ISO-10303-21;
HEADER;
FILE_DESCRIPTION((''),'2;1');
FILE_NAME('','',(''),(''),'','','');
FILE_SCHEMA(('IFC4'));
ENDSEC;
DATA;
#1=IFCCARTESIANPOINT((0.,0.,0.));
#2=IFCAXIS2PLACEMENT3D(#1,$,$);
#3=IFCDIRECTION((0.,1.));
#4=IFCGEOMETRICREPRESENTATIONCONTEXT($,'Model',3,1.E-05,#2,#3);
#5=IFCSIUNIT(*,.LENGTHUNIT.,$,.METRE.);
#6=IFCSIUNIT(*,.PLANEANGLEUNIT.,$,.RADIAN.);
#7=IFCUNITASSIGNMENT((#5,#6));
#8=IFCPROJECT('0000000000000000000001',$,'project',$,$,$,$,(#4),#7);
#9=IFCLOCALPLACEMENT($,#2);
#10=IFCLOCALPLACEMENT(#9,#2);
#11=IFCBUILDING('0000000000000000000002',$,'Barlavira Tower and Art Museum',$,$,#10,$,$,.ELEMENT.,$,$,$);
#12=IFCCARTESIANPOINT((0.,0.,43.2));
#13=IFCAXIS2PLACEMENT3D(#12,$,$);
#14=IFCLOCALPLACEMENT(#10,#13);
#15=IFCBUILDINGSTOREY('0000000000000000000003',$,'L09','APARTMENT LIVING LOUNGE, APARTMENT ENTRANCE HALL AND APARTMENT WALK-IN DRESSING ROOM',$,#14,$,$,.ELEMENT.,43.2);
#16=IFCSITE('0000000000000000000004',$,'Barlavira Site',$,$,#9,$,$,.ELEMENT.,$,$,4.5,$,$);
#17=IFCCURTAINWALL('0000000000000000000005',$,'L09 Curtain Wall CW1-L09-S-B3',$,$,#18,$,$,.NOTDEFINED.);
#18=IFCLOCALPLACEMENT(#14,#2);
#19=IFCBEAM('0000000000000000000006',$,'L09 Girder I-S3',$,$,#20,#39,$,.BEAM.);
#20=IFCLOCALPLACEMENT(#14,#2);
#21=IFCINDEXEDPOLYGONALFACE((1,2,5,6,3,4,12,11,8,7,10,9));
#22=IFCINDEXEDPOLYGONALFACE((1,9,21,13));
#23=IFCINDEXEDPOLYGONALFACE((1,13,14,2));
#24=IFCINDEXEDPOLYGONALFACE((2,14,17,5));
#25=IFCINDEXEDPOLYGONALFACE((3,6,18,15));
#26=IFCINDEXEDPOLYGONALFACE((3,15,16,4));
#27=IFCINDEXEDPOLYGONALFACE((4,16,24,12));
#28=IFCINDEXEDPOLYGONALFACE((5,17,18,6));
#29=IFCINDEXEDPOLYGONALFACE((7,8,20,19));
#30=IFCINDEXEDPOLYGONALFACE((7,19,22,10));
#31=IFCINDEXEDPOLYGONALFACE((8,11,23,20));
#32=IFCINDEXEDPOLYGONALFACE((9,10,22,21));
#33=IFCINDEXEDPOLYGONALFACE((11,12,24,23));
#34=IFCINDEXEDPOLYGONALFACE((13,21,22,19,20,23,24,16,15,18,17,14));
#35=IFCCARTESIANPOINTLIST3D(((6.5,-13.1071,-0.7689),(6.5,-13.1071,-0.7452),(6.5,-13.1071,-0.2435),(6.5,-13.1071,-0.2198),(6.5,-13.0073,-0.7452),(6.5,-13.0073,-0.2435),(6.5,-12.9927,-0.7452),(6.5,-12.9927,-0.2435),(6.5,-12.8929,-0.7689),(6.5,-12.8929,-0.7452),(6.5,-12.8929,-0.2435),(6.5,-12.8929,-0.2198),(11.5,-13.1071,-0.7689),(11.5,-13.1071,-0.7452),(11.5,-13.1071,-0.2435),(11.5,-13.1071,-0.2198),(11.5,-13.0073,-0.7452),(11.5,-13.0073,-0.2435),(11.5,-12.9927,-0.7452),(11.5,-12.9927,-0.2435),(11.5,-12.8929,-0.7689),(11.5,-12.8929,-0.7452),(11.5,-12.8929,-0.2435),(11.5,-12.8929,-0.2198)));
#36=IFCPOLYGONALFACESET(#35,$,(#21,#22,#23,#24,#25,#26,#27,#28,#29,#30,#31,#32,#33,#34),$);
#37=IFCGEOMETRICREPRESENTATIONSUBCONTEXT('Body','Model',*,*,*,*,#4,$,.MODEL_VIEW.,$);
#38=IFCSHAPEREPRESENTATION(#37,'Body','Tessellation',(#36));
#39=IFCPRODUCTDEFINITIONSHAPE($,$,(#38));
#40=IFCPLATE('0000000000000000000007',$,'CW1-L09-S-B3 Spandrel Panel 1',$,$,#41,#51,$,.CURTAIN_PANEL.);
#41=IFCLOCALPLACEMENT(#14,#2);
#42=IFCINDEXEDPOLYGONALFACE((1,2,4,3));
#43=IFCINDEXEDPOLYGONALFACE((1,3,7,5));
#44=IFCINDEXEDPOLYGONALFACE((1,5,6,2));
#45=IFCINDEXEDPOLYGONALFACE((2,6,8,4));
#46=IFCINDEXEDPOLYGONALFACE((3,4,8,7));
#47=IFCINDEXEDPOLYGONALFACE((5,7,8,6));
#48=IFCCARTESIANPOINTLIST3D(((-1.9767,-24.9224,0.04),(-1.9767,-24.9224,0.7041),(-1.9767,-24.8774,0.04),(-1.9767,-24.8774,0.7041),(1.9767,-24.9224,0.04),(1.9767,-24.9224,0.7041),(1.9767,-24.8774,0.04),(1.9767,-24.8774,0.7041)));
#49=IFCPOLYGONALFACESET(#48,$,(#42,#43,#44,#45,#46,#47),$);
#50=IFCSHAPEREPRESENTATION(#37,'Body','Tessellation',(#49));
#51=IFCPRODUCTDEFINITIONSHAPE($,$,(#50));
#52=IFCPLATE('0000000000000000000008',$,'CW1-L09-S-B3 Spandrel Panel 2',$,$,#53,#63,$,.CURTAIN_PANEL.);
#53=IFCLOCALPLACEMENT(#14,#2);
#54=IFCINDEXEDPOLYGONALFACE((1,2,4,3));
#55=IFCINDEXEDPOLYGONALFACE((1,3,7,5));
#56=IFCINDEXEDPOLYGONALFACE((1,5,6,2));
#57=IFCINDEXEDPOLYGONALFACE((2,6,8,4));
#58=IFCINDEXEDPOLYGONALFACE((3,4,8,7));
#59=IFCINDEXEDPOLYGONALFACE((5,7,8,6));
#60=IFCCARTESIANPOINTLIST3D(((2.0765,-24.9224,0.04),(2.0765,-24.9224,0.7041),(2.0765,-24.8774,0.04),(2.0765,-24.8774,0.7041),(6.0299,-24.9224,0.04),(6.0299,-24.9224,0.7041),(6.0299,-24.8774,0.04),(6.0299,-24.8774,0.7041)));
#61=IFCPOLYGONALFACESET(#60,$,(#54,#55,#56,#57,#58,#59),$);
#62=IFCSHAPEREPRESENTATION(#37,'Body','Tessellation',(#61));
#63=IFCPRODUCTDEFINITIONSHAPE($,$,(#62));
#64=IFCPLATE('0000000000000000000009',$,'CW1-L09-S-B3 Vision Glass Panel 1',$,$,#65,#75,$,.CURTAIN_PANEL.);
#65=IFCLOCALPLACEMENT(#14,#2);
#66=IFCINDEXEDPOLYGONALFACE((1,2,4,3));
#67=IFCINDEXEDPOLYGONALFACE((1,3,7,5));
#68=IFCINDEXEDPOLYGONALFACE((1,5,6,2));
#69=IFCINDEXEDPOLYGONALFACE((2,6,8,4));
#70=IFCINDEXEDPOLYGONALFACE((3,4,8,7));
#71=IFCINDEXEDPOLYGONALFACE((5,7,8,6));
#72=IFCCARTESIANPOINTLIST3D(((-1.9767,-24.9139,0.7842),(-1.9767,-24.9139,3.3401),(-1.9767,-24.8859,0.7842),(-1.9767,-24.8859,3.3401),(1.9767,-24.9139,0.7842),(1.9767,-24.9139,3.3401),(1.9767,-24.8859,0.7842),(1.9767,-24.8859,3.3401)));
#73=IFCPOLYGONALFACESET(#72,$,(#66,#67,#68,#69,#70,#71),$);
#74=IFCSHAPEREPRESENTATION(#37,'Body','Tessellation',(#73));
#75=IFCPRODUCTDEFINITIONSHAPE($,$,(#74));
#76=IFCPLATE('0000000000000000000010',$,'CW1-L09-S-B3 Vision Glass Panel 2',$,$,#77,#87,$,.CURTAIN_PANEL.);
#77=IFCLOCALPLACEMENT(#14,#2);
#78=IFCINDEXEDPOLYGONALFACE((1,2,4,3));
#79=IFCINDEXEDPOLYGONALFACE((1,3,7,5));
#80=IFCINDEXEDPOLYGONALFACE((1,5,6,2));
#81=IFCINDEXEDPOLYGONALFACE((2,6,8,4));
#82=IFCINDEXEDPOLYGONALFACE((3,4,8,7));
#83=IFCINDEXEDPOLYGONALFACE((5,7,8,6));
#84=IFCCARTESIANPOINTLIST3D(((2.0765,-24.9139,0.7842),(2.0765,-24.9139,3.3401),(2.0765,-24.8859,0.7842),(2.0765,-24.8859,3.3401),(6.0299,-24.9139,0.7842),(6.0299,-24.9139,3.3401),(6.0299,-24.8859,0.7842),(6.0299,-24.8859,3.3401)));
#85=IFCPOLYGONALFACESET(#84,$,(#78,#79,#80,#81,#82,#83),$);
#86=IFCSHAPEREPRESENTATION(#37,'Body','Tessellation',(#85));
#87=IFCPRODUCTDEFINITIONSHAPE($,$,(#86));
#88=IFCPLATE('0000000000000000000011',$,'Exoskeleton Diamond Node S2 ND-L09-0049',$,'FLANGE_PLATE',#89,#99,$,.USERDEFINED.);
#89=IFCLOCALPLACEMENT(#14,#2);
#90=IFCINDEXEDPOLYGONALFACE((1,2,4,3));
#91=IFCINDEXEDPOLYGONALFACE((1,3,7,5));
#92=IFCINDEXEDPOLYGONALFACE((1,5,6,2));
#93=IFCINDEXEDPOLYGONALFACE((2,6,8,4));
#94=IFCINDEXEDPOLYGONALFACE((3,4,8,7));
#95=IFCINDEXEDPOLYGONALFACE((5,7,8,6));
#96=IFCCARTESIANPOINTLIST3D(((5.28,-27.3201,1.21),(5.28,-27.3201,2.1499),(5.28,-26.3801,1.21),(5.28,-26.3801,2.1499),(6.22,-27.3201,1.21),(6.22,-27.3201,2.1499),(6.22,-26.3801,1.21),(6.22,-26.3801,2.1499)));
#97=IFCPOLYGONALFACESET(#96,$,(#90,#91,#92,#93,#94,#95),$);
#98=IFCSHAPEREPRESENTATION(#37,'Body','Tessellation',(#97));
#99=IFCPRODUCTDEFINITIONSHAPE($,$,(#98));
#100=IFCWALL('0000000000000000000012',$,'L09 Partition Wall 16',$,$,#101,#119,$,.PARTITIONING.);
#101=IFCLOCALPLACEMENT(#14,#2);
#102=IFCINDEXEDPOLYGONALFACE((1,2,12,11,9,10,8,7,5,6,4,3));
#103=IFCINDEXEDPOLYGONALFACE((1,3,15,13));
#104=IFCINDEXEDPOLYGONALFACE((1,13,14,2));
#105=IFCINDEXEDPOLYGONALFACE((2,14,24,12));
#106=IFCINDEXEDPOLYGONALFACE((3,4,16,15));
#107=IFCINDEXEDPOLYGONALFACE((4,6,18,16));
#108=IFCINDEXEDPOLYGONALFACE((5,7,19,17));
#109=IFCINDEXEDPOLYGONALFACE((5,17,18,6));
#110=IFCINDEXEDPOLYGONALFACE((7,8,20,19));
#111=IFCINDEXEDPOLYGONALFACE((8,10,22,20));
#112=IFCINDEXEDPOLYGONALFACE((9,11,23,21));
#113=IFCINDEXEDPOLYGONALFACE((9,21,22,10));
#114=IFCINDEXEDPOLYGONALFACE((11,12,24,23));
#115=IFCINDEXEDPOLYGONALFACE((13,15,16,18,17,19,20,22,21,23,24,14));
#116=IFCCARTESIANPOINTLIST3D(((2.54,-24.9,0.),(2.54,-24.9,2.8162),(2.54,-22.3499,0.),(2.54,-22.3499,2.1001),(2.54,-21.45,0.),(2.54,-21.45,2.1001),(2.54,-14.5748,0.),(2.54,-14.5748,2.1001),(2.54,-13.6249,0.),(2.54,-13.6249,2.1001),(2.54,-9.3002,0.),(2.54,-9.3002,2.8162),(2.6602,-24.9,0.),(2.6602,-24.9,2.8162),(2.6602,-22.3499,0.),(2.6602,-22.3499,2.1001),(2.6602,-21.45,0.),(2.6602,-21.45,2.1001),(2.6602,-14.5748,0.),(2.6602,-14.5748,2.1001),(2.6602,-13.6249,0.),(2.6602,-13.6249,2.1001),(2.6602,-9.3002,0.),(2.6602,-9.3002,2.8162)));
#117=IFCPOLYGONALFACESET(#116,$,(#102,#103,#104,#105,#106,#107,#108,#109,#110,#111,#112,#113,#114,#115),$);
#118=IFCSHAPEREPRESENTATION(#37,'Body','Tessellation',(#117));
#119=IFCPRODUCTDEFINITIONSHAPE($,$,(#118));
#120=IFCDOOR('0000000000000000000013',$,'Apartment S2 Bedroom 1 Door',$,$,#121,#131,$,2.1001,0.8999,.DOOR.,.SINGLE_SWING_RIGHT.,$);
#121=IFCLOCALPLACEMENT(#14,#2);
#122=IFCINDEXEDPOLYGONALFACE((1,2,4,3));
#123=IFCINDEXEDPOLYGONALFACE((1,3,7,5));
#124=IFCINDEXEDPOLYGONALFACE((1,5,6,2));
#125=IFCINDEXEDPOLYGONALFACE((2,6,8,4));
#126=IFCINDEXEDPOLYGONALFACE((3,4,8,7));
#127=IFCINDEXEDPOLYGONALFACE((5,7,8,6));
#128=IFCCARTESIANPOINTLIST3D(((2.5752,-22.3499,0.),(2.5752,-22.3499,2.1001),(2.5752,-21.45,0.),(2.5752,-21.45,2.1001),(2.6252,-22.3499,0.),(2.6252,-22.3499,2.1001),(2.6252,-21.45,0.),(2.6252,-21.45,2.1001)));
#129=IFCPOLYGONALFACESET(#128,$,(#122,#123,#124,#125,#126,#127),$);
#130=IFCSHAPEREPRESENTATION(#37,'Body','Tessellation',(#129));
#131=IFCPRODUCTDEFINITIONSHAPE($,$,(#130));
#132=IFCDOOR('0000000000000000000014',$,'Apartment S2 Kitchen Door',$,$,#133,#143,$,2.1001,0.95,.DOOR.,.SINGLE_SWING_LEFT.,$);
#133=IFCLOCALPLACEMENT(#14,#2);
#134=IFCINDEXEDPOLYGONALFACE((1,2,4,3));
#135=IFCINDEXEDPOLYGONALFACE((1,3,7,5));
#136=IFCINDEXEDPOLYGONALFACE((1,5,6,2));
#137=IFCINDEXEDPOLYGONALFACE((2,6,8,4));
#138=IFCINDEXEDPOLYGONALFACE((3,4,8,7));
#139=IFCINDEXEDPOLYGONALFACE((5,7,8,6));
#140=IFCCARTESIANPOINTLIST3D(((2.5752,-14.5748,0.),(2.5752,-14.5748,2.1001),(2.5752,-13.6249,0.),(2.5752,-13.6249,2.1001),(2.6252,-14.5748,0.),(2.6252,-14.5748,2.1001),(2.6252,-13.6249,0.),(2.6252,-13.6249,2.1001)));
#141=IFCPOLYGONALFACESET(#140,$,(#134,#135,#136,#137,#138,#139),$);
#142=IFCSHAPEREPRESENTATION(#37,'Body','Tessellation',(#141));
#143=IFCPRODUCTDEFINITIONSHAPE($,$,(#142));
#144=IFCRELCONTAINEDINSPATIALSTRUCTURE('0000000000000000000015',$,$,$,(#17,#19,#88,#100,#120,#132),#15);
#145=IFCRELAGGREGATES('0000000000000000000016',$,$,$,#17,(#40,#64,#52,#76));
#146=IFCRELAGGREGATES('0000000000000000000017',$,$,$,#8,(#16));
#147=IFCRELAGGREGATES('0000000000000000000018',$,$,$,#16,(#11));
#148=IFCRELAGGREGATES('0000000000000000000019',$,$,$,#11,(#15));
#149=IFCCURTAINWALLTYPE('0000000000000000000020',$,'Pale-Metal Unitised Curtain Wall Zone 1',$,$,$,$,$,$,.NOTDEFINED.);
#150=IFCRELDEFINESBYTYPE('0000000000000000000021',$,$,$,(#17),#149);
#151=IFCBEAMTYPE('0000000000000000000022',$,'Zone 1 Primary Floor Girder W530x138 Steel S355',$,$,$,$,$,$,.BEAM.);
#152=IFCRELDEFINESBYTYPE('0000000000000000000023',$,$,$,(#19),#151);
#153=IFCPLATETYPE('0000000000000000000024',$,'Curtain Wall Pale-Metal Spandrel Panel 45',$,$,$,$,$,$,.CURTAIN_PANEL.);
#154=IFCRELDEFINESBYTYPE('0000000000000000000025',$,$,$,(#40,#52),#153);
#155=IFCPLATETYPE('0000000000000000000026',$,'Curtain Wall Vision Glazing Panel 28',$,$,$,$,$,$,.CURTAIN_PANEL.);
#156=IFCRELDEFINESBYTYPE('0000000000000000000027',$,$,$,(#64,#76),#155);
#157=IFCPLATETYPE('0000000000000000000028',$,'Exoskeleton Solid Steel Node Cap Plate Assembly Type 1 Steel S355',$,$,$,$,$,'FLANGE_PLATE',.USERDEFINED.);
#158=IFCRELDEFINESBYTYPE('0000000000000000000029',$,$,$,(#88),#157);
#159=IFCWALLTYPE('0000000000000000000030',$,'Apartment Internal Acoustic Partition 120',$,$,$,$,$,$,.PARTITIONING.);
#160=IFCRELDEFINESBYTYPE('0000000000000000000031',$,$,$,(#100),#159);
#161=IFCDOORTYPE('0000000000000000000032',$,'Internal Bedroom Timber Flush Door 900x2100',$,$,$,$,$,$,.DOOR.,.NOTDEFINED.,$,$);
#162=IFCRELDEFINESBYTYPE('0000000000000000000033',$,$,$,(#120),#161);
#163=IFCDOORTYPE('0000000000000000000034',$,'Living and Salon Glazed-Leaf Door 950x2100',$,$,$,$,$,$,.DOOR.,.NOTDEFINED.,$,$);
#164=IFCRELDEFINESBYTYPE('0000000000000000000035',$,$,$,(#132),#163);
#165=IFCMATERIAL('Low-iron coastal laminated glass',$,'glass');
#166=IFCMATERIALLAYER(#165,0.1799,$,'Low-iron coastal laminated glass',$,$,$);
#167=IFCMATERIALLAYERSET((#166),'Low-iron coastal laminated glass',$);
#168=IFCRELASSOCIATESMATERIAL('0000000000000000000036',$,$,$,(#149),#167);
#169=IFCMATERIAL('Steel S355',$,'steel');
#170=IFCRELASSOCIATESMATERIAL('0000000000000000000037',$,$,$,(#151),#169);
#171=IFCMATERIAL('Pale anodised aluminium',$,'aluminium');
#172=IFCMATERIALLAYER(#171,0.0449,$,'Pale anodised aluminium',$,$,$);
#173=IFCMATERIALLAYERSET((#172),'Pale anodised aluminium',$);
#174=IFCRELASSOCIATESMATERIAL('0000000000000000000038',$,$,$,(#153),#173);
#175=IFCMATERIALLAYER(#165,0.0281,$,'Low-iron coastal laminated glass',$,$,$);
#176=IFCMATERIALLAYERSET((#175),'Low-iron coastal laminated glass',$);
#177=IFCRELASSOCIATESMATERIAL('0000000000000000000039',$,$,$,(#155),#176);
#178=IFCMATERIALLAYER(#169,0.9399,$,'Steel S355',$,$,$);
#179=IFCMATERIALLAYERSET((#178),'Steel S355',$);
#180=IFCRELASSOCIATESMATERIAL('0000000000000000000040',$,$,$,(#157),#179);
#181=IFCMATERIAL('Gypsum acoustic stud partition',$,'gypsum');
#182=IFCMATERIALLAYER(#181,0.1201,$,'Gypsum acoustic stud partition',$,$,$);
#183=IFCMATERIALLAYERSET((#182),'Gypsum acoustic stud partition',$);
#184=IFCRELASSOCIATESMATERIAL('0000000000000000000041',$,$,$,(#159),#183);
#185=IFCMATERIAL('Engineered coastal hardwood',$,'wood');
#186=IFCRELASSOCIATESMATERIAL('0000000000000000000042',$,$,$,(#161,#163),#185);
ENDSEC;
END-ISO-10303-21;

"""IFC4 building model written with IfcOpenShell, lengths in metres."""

from ifc_helpers import new_model, si_unit, direction, frame, frame_2d, origin, origin_2d, place, context, subcontext, project, spatial, rectangle, i_section, extrude, material, layer, layer_set, material_profile, profile_set, type_object, element, fill, aggregate, save


model = new_model("IFC4")

# Units and contexts
model_context = context("Model", 3, precision=1e-05, world=origin(), true_north=direction((0.0, 1.0)))
body_context = subcontext(model_context, "Body", "Model", "MODEL_VIEW")
ifc_project = project(units=[si_unit("LENGTHUNIT", "METRE"), si_unit("PLANEANGLEUNIT", "RADIAN")], contexts=[model_context])

# Site, building, storey
site_placement = place(None, origin())
site = spatial("IfcSite", under=ifc_project, at=site_placement, Name="Barlavira Site", CompositionType="ELEMENT", RefElevation=4.5)
building_placement = place(site_placement, origin())
building = spatial("IfcBuilding", under=site, at=building_placement, Name="Barlavira Tower and Art Museum", CompositionType="ELEMENT")
storey_placement = place(building_placement, frame((0.0, 0.0, 43.2)))
storey = spatial("IfcBuildingStorey", under=building, at=storey_placement, Name="L09", Description="APARTMENT LIVING LOUNGE, APARTMENT ENTRANCE HALL AND APARTMENT WALK-IN DRESSING ROOM", CompositionType="ELEMENT", Elevation=43.2)

# Curtain wall
ifc_material_1 = material(Name="Low-iron coastal laminated glass", Category="glass")
ifc_layer_1 = layer(ifc_material_1, 0.1799, Name="Low-iron coastal laminated glass")
ifc_layer_set_1 = layer_set([ifc_layer_1], Name="Low-iron coastal laminated glass")
curtain_wall_type = type_object("IfcCurtainWallType", Name="Pale-Metal Unitised Curtain Wall Zone 1", PredefinedType="NOTDEFINED", material=ifc_layer_set_1)
curtain_wall_placement = place(storey_placement, origin())
curtain_wall = element("IfcCurtainWall", 1, at=curtain_wall_placement, inside=storey, type_object=curtain_wall_type, Name="L09 Curtain Wall CW1-L09-S-B3", PredefinedType="NOTDEFINED")
ifc_material_2 = material(Name="Pale anodised aluminium", Category="aluminium")

# Beam
ifc_material_3 = material(Name="Steel S355", Category="steel")
ifc_material_profile_1 = material_profile(ifc_material_3, i_section(OverallWidth=0.2141, OverallDepth=0.5491, WebThickness=0.0146, FlangeThickness=0.0237, at=origin_2d()), Name="W530x138.0")
ifc_profile_set_1 = profile_set([ifc_material_profile_1], Name="Steel S355")
beam_type_1 = type_object("IfcBeamType", Name="Zone 1 Primary Floor Girder W530x138 Steel S355", PredefinedType="BEAM", material=ifc_profile_set_1)
beam_1_placement = place(storey_placement, frame((6.5, -13.0, -0.4944), z_axis=(1.0, 0.0, 0.0), x_axis=(0.0, 1.0, 0.0)))
element("IfcBeam", 2, at=beam_1_placement, inside=storey, type_object=beam_type_1, Name="L09 Girder I-S3", PredefinedType="BEAM", context=body_context, shape_type="SweptSolid", body=[
    extrude(i_section(OverallWidth=0.2141, OverallDepth=0.5491, WebThickness=0.0146, FlangeThickness=0.0237, at=origin_2d()), origin(), (0.0, 0.0, 1.0), 5.0),
])

# Plates
ifc_layer_2 = layer(ifc_material_2, 0.0449, Name="Pale anodised aluminium")
ifc_layer_set_2 = layer_set([ifc_layer_2], Name="Pale anodised aluminium")
plate_type_1 = type_object("IfcPlateType", Name="Curtain Wall Pale-Metal Spandrel Panel 45", PredefinedType="CURTAIN_PANEL", material=ifc_layer_set_2)
plate_1_placement = place(storey_placement, frame((0.0, -24.8999, 0.04), z_axis=(0.0, 0.0, 1.0), x_axis=(1.0, 0.0, 0.0)))
plate_1 = element("IfcPlate", 3, at=plate_1_placement, type_object=plate_type_1, Name="CW1-L09-S-B3 Spandrel Panel 1", PredefinedType="CURTAIN_PANEL", context=body_context, shape_type="SweptSolid", body=[
    extrude(rectangle(XDim=3.9534, YDim=0.0449, at=origin_2d()), origin(), (0.0, 0.0, 1.0), 0.6641),
])
plate_2_placement = place(storey_placement, frame((4.0532, -24.8999, 0.04), z_axis=(0.0, 0.0, 1.0), x_axis=(1.0, 0.0, 0.0)))
plate_2 = element("IfcPlate", 4, at=plate_2_placement, type_object=plate_type_1, Name="CW1-L09-S-B3 Spandrel Panel 2", PredefinedType="CURTAIN_PANEL", context=body_context, shape_type="SweptSolid", body=[
    extrude(rectangle(XDim=3.9534, YDim=0.0449, at=origin_2d()), origin(), (0.0, 0.0, 1.0), 0.6641),
])
ifc_layer_3 = layer(ifc_material_1, 0.0281, Name="Low-iron coastal laminated glass")
ifc_layer_set_3 = layer_set([ifc_layer_3], Name="Low-iron coastal laminated glass")
plate_type_2 = type_object("IfcPlateType", Name="Curtain Wall Vision Glazing Panel 28", PredefinedType="CURTAIN_PANEL", material=ifc_layer_set_3)
plate_3_placement = place(storey_placement, frame((0.0, -24.8999, 0.7842), z_axis=(0.0, 0.0, 1.0), x_axis=(1.0, 0.0, 0.0)))
plate_3 = element("IfcPlate", 5, at=plate_3_placement, type_object=plate_type_2, Name="CW1-L09-S-B3 Vision Glass Panel 1", PredefinedType="CURTAIN_PANEL", context=body_context, shape_type="SweptSolid", body=[
    extrude(rectangle(XDim=3.9534, YDim=0.0281, at=origin_2d()), origin(), (0.0, 0.0, 1.0), 2.5559),
])
plate_4_placement = place(storey_placement, frame((4.0532, -24.8999, 0.7842), z_axis=(0.0, 0.0, 1.0), x_axis=(1.0, 0.0, 0.0)))
plate_4 = element("IfcPlate", 6, at=plate_4_placement, type_object=plate_type_2, Name="CW1-L09-S-B3 Vision Glass Panel 2", PredefinedType="CURTAIN_PANEL", context=body_context, shape_type="SweptSolid", body=[
    extrude(rectangle(XDim=3.9534, YDim=0.0281, at=origin_2d()), origin(), (0.0, 0.0, 1.0), 2.5559),
])
aggregate(curtain_wall, [plate_1, plate_3, plate_2, plate_4])
ifc_layer_4 = layer(ifc_material_3, 0.9399, Name="Steel S355")
ifc_layer_set_4 = layer_set([ifc_layer_4], Name="Steel S355")
plate_type_3 = type_object("IfcPlateType", Name="Exoskeleton Solid Steel Node Cap Plate Assembly Type 1 Steel S355", ElementType="FLANGE_PLATE", PredefinedType="USERDEFINED", material=ifc_layer_set_4)
plate_5_placement = place(storey_placement, frame((5.75, -26.8501, 1.21), z_axis=(0.0, 0.0, 1.0), x_axis=(1.0, 0.0, 0.0)))
element("IfcPlate", 7, at=plate_5_placement, inside=storey, type_object=plate_type_3, Name="Exoskeleton Diamond Node S2 ND-L09-0049", ObjectType="FLANGE_PLATE", PredefinedType="USERDEFINED", context=body_context, shape_type="SweptSolid", body=[
    extrude(rectangle(XDim=0.9399, YDim=0.9399, at=origin_2d()), origin(), (0.0, 0.0, 1.0), 0.9399),
])

# Wall, openings, doors
ifc_material_4 = material(Name="Gypsum acoustic stud partition", Category="gypsum")
ifc_layer_5 = layer(ifc_material_4, 0.1201, Name="Gypsum acoustic stud partition")
ifc_layer_set_5 = layer_set([ifc_layer_5], Name="Gypsum acoustic stud partition")
wall_type_1 = type_object("IfcWallType", Name="Apartment Internal Acoustic Partition 120", PredefinedType="PARTITIONING", material=ifc_layer_set_5)
wall_1_placement = place(storey_placement, frame((2.6001, -24.8999, 0.0), z_axis=(0.0, 0.0, 1.0), x_axis=(0.0, 1.0, 0.0)))
wall_1 = element("IfcWall", 8, at=wall_1_placement, inside=storey, type_object=wall_type_1, Name="L09 Partition Wall 16", PredefinedType="PARTITIONING", context=body_context, shape_type="SweptSolid", body=[
    extrude(rectangle(XDim=15.5999, YDim=0.1201, at=frame_2d((7.7998, 0.0))), origin(), (0.0, 0.0, 1.0), 2.8162),
])
opening_1_placement = place(wall_1_placement, frame((10.325, 0.0, 0.0)))
opening_1 = element("IfcOpeningElement", 9, at=opening_1_placement, cuts=wall_1, PredefinedType="OPENING", context=body_context, shape_type="SweptSolid", body=[
    extrude(rectangle(XDim=0.95, YDim=2.1001, at=frame_2d((0.4751, 1.05))), frame((0.0, 0.0701, 0.0), z_axis=(0.0, -1.0, 0.0), x_axis=(1.0, 0.0, 0.0)), (0.0, 0.0, 1.0), 0.1401),
])
opening_2_placement = place(wall_1_placement, frame((2.55, 0.0, 0.0)))
opening_2 = element("IfcOpeningElement", 10, at=opening_2_placement, cuts=wall_1, PredefinedType="OPENING", context=body_context, shape_type="SweptSolid", body=[
    extrude(rectangle(XDim=0.8999, YDim=2.1001, at=frame_2d((0.45, 1.05))), frame((0.0, 0.0701, 0.0), z_axis=(0.0, -1.0, 0.0), x_axis=(1.0, 0.0, 0.0)), (0.0, 0.0, 1.0), 0.1401),
])
ifc_material_5 = material(Name="Engineered coastal hardwood", Category="wood")
door_type_1 = type_object("IfcDoorType", Name="Internal Bedroom Timber Flush Door 900x2100", OperationType="NOTDEFINED", PredefinedType="DOOR", material=ifc_material_5)
door_1_placement = place(opening_2_placement, origin())
door_1 = element("IfcDoor", 11, at=door_1_placement, inside=storey, type_object=door_type_1, Name="Apartment S2 Bedroom 1 Door", OperationType="SINGLE_SWING_RIGHT", OverallHeight=2.1001, OverallWidth=0.8999, PredefinedType="DOOR", context=body_context, shape_type="SweptSolid", body=[
    extrude(rectangle(XDim=0.8999, YDim=2.1001, at=frame_2d((0.45, 1.05))), frame((0.0, 0.0249, 0.0), z_axis=(0.0, -1.0, 0.0), x_axis=(1.0, 0.0, 0.0)), (0.0, 0.0, 1.0), 0.05),
])
fill(opening_2, door_1)
door_type_2 = type_object("IfcDoorType", Name="Living and Salon Glazed-Leaf Door 950x2100", OperationType="NOTDEFINED", PredefinedType="DOOR", material=ifc_material_5)
door_2_placement = place(opening_1_placement, origin())
door_2 = element("IfcDoor", 12, at=door_2_placement, inside=storey, type_object=door_type_2, Name="Apartment S2 Kitchen Door", OperationType="SINGLE_SWING_LEFT", OverallHeight=2.1001, OverallWidth=0.95, PredefinedType="DOOR", context=body_context, shape_type="SweptSolid", body=[
    extrude(rectangle(XDim=0.95, YDim=2.1001, at=frame_2d((0.4751, 1.05))), frame((0.0, 0.0249, 0.0), z_axis=(0.0, -1.0, 0.0), x_axis=(1.0, 0.0, 0.0)), (0.0, 0.0, 1.0), 0.05),
])
fill(opening_1, door_2)

save(model, "model.ifc")
